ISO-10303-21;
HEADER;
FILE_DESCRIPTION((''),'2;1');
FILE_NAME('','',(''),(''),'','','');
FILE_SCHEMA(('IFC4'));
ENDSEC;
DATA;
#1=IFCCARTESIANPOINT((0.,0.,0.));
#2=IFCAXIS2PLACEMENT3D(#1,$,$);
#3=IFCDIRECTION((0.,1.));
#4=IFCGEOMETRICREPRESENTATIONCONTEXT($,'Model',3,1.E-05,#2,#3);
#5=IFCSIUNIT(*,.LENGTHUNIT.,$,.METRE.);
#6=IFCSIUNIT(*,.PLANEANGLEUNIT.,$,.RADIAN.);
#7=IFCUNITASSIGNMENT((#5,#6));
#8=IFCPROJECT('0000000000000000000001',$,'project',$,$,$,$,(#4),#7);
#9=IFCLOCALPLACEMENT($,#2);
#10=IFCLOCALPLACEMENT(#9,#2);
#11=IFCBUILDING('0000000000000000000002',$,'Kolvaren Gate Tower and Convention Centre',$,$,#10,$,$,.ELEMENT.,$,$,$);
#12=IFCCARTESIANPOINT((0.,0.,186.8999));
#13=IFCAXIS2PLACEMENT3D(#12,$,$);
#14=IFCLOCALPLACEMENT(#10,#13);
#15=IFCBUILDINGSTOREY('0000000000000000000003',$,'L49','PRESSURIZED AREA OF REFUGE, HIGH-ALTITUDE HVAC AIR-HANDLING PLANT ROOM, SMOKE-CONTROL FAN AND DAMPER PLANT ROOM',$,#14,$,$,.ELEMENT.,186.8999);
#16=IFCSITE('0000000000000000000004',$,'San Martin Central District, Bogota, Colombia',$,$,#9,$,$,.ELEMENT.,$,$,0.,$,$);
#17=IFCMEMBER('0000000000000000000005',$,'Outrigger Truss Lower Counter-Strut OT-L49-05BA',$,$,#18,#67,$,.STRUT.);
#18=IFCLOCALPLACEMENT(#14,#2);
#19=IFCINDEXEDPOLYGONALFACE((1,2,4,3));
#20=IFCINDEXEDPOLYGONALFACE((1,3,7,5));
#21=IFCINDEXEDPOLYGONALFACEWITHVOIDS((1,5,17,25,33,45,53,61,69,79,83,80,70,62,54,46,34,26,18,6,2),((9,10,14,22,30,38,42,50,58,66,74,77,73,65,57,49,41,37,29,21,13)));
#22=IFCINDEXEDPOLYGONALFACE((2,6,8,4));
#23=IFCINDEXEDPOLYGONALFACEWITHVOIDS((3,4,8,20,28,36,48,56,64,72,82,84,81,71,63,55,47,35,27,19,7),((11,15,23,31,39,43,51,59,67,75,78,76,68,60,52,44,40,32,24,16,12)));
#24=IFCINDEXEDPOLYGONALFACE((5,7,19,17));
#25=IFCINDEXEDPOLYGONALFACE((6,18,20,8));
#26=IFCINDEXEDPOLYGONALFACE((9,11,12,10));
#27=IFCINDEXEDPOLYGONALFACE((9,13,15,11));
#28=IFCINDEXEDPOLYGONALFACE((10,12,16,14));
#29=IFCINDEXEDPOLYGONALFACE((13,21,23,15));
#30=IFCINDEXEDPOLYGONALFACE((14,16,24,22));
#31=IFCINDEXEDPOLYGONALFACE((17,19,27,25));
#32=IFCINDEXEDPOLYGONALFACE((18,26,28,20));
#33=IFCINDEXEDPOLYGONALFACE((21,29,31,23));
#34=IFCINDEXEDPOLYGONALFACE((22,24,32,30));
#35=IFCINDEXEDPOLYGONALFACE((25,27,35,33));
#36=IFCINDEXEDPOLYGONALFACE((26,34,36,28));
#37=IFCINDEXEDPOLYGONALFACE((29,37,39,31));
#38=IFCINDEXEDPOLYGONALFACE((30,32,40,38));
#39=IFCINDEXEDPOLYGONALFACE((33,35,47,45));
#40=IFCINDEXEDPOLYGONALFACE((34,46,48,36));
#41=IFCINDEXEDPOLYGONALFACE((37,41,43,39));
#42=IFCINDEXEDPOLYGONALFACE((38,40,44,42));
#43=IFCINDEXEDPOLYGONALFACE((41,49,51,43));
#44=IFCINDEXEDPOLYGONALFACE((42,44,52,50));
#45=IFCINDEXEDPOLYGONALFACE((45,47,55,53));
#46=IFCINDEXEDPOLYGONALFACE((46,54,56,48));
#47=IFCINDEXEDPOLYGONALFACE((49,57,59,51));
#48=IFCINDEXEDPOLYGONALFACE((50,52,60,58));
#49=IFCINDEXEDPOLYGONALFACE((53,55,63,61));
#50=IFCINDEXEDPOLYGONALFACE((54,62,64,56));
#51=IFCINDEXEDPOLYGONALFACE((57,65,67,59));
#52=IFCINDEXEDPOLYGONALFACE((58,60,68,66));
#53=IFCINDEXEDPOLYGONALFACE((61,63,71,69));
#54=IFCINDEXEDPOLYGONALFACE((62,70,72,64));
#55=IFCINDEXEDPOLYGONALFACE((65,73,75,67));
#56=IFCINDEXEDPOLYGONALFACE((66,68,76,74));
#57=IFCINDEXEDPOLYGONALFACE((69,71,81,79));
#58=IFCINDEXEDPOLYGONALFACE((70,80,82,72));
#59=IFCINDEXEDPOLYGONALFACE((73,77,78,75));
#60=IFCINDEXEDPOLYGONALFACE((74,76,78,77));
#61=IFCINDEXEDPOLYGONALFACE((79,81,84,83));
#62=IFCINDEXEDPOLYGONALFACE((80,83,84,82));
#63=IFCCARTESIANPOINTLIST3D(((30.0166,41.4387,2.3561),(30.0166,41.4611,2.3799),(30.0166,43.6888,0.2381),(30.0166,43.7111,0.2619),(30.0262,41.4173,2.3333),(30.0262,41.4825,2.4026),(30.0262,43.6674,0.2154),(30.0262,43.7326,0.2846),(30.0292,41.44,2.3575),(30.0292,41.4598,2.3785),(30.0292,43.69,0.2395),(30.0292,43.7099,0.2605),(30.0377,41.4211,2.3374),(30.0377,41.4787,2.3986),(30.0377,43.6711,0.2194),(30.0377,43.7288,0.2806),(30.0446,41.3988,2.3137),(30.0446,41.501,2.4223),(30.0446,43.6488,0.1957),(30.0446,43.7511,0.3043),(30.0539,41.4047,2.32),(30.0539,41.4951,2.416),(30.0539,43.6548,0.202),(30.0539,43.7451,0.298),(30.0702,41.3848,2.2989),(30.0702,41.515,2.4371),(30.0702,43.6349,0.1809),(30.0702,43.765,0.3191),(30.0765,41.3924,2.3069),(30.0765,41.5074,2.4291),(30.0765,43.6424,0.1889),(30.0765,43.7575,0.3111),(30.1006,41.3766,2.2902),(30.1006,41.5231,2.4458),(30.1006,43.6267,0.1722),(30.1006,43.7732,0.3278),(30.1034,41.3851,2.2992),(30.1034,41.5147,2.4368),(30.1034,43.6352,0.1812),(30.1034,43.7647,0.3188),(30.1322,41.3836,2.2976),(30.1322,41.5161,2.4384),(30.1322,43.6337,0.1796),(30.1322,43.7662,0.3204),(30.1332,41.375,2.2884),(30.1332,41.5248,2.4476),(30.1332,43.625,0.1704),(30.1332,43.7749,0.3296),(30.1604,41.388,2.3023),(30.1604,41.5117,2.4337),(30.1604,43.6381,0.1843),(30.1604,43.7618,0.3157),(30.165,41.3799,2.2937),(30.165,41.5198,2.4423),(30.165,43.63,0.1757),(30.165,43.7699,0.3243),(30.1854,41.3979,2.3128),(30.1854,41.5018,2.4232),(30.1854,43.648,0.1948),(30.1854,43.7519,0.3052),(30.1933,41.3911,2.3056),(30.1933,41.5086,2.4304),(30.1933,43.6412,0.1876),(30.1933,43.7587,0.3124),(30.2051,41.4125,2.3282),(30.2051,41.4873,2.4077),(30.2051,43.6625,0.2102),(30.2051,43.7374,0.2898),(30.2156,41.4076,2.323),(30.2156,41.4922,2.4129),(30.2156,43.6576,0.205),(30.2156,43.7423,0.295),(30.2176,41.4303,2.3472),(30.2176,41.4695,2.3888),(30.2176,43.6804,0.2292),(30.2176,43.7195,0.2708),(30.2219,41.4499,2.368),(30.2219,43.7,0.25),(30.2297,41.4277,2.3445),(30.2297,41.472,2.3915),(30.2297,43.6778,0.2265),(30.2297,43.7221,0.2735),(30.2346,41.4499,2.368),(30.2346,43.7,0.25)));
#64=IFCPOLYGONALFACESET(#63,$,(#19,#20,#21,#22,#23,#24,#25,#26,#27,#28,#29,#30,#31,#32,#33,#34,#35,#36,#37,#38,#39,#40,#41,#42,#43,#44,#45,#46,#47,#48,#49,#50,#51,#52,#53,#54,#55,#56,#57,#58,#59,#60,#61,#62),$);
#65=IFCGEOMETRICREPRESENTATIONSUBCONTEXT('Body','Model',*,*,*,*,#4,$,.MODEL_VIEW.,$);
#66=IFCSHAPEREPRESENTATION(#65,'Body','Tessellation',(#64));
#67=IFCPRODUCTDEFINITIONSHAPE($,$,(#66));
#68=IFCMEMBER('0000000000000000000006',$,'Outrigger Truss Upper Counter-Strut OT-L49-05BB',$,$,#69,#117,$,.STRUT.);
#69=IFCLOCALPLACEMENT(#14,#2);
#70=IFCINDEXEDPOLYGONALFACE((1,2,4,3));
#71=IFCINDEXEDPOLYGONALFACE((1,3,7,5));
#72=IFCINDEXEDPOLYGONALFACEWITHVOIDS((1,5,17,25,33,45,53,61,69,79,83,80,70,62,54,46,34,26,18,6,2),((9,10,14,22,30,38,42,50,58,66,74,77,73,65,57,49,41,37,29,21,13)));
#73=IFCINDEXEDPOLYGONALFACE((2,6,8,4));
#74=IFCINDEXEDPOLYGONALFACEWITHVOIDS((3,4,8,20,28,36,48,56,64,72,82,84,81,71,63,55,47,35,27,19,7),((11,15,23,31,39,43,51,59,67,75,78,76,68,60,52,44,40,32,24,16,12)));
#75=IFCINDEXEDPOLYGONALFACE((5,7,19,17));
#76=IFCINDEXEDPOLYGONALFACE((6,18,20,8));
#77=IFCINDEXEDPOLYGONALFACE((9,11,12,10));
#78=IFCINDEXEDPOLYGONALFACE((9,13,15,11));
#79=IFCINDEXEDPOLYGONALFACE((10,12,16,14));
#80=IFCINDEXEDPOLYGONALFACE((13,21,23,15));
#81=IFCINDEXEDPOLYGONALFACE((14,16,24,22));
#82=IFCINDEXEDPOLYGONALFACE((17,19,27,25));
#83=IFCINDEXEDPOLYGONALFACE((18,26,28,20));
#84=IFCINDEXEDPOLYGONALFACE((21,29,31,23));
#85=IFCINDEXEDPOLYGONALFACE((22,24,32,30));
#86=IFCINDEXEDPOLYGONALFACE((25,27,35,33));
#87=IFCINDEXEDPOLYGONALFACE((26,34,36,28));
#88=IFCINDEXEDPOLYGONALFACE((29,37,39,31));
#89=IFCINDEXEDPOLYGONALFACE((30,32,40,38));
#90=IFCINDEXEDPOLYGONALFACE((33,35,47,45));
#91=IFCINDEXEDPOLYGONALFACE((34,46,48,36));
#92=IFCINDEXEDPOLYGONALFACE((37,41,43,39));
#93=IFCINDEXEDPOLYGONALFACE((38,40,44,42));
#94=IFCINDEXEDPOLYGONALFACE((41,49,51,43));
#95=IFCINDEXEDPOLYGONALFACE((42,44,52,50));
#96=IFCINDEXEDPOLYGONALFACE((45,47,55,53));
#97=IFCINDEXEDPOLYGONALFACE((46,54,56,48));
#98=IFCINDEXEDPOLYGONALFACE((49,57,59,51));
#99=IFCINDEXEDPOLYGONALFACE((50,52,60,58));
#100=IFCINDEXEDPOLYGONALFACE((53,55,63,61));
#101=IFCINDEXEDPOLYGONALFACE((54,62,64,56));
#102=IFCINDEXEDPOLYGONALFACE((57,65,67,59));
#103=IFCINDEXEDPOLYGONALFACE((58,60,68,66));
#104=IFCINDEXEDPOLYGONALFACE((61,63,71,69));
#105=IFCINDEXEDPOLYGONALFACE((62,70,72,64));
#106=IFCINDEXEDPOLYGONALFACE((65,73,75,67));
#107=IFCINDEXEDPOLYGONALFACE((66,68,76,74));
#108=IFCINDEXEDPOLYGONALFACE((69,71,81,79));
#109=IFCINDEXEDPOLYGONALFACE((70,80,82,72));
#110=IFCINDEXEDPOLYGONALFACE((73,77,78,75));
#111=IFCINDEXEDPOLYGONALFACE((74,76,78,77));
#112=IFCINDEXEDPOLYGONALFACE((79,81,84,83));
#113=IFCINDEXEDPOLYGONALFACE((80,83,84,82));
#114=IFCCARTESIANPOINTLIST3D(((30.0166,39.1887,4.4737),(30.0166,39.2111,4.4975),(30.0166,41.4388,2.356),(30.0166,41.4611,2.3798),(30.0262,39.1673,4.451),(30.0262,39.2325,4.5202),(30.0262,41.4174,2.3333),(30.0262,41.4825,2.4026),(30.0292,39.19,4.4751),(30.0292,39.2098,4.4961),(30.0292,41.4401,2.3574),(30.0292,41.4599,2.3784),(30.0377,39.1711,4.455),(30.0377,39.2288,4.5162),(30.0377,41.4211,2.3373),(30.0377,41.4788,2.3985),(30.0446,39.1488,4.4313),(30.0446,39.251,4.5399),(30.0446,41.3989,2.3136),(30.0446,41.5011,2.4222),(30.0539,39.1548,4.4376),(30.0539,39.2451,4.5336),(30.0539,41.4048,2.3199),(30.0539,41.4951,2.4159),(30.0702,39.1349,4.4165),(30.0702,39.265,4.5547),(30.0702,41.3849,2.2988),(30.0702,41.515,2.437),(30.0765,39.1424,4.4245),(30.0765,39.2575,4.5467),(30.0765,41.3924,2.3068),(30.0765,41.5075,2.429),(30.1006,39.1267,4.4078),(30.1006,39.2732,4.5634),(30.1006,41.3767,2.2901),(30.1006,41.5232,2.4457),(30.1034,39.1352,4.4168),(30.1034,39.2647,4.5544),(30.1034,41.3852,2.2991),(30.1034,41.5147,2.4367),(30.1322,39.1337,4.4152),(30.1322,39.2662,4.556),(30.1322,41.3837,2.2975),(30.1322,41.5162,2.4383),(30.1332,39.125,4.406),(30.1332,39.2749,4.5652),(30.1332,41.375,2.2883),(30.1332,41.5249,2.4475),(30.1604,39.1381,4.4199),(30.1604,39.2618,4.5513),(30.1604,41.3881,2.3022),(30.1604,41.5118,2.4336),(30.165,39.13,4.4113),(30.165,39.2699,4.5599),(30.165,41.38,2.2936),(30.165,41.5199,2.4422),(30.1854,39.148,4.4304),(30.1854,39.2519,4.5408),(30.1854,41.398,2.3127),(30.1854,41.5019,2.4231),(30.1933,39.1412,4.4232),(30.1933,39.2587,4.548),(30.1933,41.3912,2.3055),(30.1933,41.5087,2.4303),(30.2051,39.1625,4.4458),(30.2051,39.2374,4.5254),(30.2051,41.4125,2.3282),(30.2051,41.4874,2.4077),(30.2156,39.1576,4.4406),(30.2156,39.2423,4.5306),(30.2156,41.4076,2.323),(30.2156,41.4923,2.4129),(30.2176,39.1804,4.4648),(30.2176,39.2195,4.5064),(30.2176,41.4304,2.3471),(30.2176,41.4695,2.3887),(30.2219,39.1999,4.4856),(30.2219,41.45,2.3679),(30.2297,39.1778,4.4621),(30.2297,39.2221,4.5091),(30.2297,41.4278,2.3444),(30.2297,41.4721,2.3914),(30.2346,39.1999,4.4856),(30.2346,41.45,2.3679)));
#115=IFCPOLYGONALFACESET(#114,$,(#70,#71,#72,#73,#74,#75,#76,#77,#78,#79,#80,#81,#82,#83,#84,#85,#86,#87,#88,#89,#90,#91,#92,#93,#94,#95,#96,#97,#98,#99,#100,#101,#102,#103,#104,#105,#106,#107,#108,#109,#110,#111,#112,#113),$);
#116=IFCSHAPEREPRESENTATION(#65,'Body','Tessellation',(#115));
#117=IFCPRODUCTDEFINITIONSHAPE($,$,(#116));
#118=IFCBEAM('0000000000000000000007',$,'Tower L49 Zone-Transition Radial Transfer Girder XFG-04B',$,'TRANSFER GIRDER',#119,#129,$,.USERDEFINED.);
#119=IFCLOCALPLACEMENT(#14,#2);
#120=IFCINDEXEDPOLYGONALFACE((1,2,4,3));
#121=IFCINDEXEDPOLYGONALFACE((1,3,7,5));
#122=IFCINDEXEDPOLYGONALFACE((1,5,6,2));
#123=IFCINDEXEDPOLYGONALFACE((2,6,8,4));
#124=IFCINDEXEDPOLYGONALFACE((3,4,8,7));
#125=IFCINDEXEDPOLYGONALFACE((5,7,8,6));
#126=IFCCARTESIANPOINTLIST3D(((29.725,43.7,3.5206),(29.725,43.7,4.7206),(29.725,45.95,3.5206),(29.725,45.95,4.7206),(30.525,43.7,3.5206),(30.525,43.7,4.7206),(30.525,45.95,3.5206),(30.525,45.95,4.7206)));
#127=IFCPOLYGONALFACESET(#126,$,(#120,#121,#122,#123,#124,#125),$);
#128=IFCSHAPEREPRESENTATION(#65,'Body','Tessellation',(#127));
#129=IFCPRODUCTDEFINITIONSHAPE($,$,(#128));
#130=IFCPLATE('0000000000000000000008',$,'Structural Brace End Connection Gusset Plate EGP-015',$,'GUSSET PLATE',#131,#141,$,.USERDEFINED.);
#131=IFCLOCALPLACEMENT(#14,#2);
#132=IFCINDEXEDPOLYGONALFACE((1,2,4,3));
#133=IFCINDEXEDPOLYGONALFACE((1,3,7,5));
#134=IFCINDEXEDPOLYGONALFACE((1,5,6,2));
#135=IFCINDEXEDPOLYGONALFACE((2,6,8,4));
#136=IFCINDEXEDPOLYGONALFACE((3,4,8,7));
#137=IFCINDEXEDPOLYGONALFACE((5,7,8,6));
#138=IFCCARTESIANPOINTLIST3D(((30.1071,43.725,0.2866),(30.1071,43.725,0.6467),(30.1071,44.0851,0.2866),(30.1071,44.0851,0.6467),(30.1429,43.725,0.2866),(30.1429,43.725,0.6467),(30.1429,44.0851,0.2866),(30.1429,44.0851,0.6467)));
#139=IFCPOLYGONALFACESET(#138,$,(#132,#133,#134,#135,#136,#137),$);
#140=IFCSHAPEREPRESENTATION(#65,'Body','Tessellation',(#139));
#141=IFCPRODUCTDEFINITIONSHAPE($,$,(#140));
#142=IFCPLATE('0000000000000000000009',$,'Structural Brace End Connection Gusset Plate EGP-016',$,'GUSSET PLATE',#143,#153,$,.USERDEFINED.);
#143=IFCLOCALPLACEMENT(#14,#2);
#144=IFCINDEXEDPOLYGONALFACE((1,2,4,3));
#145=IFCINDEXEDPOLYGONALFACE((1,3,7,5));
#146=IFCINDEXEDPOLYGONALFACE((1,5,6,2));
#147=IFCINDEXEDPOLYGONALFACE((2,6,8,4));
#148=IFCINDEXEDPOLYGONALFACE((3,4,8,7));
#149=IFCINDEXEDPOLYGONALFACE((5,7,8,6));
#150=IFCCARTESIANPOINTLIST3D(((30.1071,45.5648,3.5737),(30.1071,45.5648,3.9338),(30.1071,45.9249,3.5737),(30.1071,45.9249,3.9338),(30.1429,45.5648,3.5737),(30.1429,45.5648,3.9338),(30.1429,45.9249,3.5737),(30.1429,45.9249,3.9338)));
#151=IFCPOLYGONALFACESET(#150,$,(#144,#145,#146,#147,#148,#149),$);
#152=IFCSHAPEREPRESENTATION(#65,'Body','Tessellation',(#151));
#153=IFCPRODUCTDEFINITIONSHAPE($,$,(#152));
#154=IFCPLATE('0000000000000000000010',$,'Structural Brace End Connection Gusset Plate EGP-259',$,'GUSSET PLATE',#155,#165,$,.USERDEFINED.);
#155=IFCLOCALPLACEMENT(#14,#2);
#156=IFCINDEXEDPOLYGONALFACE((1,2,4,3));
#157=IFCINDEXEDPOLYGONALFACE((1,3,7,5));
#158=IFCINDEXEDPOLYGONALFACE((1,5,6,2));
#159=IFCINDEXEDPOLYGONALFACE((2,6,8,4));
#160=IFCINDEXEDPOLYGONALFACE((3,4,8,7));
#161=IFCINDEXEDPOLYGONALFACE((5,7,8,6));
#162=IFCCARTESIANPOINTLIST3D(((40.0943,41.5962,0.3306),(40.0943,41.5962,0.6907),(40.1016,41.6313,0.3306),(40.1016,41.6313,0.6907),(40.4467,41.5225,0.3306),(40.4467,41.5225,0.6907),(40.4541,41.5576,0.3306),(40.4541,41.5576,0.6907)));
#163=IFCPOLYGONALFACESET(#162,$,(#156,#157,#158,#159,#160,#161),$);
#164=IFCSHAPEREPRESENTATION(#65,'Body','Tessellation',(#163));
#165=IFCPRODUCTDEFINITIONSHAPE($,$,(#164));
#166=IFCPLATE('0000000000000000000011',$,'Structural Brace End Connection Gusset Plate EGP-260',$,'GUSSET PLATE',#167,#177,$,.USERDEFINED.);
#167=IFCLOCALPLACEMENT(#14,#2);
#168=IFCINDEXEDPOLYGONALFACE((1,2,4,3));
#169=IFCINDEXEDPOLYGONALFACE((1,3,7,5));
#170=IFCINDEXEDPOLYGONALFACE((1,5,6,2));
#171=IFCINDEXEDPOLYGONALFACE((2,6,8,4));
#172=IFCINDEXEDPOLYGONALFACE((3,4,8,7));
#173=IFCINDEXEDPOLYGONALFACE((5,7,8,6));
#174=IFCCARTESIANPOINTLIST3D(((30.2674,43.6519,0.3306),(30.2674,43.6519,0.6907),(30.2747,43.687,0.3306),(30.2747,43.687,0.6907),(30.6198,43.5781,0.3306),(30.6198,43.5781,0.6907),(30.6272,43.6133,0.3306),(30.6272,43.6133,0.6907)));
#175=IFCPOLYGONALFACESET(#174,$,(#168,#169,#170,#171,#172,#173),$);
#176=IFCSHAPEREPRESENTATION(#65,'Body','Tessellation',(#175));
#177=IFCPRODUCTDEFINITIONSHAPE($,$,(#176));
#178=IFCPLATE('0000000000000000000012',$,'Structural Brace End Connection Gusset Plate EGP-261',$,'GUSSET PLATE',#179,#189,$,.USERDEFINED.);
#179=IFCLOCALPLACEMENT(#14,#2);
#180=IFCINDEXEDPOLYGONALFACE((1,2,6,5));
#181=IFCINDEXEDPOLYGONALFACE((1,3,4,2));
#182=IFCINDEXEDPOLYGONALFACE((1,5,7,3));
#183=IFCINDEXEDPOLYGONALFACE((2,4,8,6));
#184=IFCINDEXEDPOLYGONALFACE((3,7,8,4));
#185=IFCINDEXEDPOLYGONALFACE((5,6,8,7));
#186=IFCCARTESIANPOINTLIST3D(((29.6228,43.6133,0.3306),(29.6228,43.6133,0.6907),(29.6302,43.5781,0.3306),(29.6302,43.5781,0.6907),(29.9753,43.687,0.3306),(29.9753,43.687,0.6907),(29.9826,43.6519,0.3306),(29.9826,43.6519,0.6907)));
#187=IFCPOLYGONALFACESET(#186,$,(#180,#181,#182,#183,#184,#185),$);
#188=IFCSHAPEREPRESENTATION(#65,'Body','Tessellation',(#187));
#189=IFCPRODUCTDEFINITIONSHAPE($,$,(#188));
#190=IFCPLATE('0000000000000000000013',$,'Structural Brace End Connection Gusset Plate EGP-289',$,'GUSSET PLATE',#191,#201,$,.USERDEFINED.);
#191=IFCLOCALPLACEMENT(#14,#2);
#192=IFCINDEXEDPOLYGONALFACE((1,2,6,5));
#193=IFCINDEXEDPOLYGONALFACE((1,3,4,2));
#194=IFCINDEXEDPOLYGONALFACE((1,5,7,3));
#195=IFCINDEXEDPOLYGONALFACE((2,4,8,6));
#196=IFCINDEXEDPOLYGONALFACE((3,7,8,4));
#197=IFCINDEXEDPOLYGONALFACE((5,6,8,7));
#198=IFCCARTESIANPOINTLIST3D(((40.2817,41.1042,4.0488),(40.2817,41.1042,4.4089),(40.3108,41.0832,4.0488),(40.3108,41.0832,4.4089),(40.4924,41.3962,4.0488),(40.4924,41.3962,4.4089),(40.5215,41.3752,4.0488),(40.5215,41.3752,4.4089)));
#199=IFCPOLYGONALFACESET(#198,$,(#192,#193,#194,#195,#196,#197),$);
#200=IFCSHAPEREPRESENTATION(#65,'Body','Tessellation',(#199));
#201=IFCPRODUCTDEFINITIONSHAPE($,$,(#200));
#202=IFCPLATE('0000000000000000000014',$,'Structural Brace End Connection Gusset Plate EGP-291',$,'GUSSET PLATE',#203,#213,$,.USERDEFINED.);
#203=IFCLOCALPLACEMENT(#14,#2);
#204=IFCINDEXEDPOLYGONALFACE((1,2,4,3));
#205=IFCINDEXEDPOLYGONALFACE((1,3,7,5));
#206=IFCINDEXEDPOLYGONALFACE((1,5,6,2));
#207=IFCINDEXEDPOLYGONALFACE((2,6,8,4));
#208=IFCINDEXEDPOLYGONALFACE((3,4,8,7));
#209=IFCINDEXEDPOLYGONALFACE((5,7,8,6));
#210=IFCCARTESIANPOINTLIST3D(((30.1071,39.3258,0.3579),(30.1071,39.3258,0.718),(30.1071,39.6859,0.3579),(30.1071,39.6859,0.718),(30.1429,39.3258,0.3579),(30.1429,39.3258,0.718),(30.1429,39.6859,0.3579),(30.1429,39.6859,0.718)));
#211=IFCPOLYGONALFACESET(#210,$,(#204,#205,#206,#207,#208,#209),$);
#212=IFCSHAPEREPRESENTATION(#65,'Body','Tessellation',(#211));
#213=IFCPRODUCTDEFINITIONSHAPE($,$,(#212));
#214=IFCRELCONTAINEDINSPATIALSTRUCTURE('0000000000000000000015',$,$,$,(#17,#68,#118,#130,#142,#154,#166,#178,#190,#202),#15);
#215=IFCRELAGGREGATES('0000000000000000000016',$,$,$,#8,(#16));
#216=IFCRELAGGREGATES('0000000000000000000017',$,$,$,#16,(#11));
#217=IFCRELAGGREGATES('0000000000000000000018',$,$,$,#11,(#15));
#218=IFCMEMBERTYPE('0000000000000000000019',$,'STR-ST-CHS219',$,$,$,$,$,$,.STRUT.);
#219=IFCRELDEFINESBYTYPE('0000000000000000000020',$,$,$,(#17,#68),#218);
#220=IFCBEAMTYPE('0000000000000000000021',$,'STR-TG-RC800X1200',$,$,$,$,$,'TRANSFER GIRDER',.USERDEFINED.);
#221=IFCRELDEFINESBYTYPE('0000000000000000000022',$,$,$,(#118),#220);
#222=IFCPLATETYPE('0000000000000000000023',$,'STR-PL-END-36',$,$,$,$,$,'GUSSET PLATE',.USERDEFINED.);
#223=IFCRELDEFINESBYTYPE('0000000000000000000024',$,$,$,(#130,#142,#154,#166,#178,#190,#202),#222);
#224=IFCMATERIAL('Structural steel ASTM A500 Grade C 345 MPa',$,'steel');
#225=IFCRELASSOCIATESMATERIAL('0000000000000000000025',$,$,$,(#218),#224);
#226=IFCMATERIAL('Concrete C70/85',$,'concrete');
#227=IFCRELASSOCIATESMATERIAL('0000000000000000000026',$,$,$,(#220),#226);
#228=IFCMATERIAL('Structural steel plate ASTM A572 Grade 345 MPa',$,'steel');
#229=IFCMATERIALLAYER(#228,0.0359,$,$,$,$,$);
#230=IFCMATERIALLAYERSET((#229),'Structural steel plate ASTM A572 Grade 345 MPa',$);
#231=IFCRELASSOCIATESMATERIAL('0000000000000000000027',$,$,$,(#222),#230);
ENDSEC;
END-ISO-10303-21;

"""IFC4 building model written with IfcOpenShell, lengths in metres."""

from ifc_helpers import new_model, si_unit, direction, frame, origin, origin_2d, place, context, subcontext, project, spatial, rectangle, hollow_circle, extrude, material, layer, layer_set, material_profile, profile_set, type_object, element, save


model = new_model("IFC4")

# Units and contexts
model_context = context("Model", 3, precision=1e-05, world=origin(), true_north=direction((0.0, 1.0)))
body_context = subcontext(model_context, "Body", "Model", "MODEL_VIEW")
ifc_project = project(units=[si_unit("LENGTHUNIT", "METRE"), si_unit("PLANEANGLEUNIT", "RADIAN")], contexts=[model_context])

# Site, building, storey
site_placement = place(None, origin())
site = spatial("IfcSite", under=ifc_project, at=site_placement, Name="San Martin Central District, Bogota, Colombia", CompositionType="ELEMENT", RefElevation=0.0)
building_placement = place(site_placement, origin())
building = spatial("IfcBuilding", under=site, at=building_placement, Name="Kolvaren Gate Tower and Convention Centre", CompositionType="ELEMENT")
storey_placement = place(building_placement, frame((0.0, 0.0, 186.8999)))
storey = spatial("IfcBuildingStorey", under=building, at=storey_placement, Name="L49", Description="PRESSURIZED AREA OF REFUGE, HIGH-ALTITUDE HVAC AIR-HANDLING PLANT ROOM, SMOKE-CONTROL FAN AND DAMPER PLANT ROOM", CompositionType="ELEMENT", Elevation=186.8999)

# Shared definitions
ifc_material_1 = material(Name="Structural steel ASTM A500 Grade C 345 MPa", Category="steel")

# Members
ifc_material_profile_1 = material_profile(ifc_material_1, hollow_circle(Radius=0.1096, WallThickness=0.0127, at=origin_2d()), Name="CHS219X12.7")
ifc_profile_set_1 = profile_set([ifc_material_profile_1], Name="Structural steel ASTM A500 Grade C 345 MPa")
member_type_1 = type_object("IfcMemberType", Name="STR-ST-CHS219", PredefinedType="STRUT", material=ifc_profile_set_1)
member_1_placement = place(storey_placement, frame((30.125, 43.7, 0.25), z_axis=(0.0, -0.728156, 0.685412), x_axis=(1.0, 0.0, 0.0)))
element("IfcMember", 1, at=member_1_placement, inside=storey, type_object=member_type_1, Name="Outrigger Truss Lower Counter-Strut OT-L49-05BA", PredefinedType="STRUT", context=body_context, shape_type="SweptSolid", body=[
    extrude(hollow_circle(Radius=0.1096, WallThickness=0.0127, at=origin_2d()), origin(), (0.0, 0.0, 1.0), 3.0901),
])
member_2_placement = place(storey_placement, frame((30.125, 41.45, 2.3679), z_axis=(0.0, -0.728195, 0.68537), x_axis=(1.0, 0.0, 0.0)))
element("IfcMember", 2, at=member_2_placement, inside=storey, type_object=member_type_1, Name="Outrigger Truss Upper Counter-Strut OT-L49-05BB", PredefinedType="STRUT", context=body_context, shape_type="SweptSolid", body=[
    extrude(hollow_circle(Radius=0.1096, WallThickness=0.0127, at=origin_2d()), origin(), (0.0, 0.0, 1.0), 3.0898),
])

# Beam
ifc_material_2 = material(Name="Concrete C70/85", Category="concrete")
ifc_material_profile_2 = material_profile(ifc_material_2, rectangle(XDim=0.8, YDim=1.2, at=origin_2d()), Name="RC-BM-800X1200")
ifc_profile_set_2 = profile_set([ifc_material_profile_2], Name="Concrete C70/85")
beam_type_1 = type_object("IfcBeamType", Name="STR-TG-RC800X1200", ElementType="TRANSFER GIRDER", PredefinedType="USERDEFINED", material=ifc_profile_set_2)
beam_1_placement = place(storey_placement, frame((30.125, 43.7, 4.1206), z_axis=(0.0, 1.0, 0.0), x_axis=(-1.0, 0.0, 0.0)))
element("IfcBeam", 3, at=beam_1_placement, inside=storey, type_object=beam_type_1, Name="Tower L49 Zone-Transition Radial Transfer Girder XFG-04B", ObjectType="TRANSFER GIRDER", PredefinedType="USERDEFINED", context=body_context, shape_type="SweptSolid", body=[
    extrude(rectangle(XDim=0.8, YDim=1.2, at=origin_2d()), origin(), (0.0, 0.0, 1.0), 2.25),
])

# Plates
ifc_material_3 = material(Name="Structural steel plate ASTM A572 Grade 345 MPa", Category="steel")
ifc_layer_1 = layer(ifc_material_3, 0.0359)
ifc_layer_set_1 = layer_set([ifc_layer_1], Name="Structural steel plate ASTM A572 Grade 345 MPa")
plate_type_1 = type_object("IfcPlateType", Name="STR-PL-END-36", ElementType="GUSSET PLATE", PredefinedType="USERDEFINED", material=ifc_layer_set_1)
for number, where, z_axis, x_axis, name in (
    (4, (30.125, 43.905, 0.2866), (0.0, 0.0, 1.0), (0.0, 1.0, 0.0), "Structural Brace End Connection Gusset Plate EGP-015"),
    (5, (30.125, 45.7449, 3.5737), (0.0, 0.0, 1.0), (0.0, 1.0, 0.0), "Structural Brace End Connection Gusset Plate EGP-016"),
    (6, (40.2742, 41.5769, 0.3306), (0.0, 0.0, 1.0), (-0.978811, 0.204766, 0.0), "Structural Brace End Connection Gusset Plate EGP-259"),
    (7, (30.4473, 43.6326, 0.3306), (0.0, 0.0, 1.0), (0.978811, -0.204766, 0.0), "Structural Brace End Connection Gusset Plate EGP-260"),
    (8, (29.8027, 43.6326, 0.3306), (0.0, 0.0, 1.0), (-0.97881, -0.204769, 0.0), "Structural Brace End Connection Gusset Plate EGP-261"),
    (9, (40.4016, 41.2397, 4.0488), (0.0, 0.0, 1.0), (0.585231, 0.810867, 0.0), "Structural Brace End Connection Gusset Plate EGP-289"),
    (10, (30.125, 39.5059, 0.3579), (0.0, 0.0, 1.0), (0.0, 1.0, 0.0), "Structural Brace End Connection Gusset Plate EGP-291"),
):
    element("IfcPlate", number, at=place(storey_placement, frame(where, z_axis=z_axis, x_axis=x_axis)), inside=storey, type_object=plate_type_1, Name=name, ObjectType="GUSSET PLATE", PredefinedType="USERDEFINED", context=body_context, shape_type="SweptSolid", body=[
        extrude(rectangle(XDim=0.3601, YDim=0.0359, at=origin_2d()), origin(), (0.0, 0.0, 1.0), 0.3601),
    ])

save(model, "model.ifc")
